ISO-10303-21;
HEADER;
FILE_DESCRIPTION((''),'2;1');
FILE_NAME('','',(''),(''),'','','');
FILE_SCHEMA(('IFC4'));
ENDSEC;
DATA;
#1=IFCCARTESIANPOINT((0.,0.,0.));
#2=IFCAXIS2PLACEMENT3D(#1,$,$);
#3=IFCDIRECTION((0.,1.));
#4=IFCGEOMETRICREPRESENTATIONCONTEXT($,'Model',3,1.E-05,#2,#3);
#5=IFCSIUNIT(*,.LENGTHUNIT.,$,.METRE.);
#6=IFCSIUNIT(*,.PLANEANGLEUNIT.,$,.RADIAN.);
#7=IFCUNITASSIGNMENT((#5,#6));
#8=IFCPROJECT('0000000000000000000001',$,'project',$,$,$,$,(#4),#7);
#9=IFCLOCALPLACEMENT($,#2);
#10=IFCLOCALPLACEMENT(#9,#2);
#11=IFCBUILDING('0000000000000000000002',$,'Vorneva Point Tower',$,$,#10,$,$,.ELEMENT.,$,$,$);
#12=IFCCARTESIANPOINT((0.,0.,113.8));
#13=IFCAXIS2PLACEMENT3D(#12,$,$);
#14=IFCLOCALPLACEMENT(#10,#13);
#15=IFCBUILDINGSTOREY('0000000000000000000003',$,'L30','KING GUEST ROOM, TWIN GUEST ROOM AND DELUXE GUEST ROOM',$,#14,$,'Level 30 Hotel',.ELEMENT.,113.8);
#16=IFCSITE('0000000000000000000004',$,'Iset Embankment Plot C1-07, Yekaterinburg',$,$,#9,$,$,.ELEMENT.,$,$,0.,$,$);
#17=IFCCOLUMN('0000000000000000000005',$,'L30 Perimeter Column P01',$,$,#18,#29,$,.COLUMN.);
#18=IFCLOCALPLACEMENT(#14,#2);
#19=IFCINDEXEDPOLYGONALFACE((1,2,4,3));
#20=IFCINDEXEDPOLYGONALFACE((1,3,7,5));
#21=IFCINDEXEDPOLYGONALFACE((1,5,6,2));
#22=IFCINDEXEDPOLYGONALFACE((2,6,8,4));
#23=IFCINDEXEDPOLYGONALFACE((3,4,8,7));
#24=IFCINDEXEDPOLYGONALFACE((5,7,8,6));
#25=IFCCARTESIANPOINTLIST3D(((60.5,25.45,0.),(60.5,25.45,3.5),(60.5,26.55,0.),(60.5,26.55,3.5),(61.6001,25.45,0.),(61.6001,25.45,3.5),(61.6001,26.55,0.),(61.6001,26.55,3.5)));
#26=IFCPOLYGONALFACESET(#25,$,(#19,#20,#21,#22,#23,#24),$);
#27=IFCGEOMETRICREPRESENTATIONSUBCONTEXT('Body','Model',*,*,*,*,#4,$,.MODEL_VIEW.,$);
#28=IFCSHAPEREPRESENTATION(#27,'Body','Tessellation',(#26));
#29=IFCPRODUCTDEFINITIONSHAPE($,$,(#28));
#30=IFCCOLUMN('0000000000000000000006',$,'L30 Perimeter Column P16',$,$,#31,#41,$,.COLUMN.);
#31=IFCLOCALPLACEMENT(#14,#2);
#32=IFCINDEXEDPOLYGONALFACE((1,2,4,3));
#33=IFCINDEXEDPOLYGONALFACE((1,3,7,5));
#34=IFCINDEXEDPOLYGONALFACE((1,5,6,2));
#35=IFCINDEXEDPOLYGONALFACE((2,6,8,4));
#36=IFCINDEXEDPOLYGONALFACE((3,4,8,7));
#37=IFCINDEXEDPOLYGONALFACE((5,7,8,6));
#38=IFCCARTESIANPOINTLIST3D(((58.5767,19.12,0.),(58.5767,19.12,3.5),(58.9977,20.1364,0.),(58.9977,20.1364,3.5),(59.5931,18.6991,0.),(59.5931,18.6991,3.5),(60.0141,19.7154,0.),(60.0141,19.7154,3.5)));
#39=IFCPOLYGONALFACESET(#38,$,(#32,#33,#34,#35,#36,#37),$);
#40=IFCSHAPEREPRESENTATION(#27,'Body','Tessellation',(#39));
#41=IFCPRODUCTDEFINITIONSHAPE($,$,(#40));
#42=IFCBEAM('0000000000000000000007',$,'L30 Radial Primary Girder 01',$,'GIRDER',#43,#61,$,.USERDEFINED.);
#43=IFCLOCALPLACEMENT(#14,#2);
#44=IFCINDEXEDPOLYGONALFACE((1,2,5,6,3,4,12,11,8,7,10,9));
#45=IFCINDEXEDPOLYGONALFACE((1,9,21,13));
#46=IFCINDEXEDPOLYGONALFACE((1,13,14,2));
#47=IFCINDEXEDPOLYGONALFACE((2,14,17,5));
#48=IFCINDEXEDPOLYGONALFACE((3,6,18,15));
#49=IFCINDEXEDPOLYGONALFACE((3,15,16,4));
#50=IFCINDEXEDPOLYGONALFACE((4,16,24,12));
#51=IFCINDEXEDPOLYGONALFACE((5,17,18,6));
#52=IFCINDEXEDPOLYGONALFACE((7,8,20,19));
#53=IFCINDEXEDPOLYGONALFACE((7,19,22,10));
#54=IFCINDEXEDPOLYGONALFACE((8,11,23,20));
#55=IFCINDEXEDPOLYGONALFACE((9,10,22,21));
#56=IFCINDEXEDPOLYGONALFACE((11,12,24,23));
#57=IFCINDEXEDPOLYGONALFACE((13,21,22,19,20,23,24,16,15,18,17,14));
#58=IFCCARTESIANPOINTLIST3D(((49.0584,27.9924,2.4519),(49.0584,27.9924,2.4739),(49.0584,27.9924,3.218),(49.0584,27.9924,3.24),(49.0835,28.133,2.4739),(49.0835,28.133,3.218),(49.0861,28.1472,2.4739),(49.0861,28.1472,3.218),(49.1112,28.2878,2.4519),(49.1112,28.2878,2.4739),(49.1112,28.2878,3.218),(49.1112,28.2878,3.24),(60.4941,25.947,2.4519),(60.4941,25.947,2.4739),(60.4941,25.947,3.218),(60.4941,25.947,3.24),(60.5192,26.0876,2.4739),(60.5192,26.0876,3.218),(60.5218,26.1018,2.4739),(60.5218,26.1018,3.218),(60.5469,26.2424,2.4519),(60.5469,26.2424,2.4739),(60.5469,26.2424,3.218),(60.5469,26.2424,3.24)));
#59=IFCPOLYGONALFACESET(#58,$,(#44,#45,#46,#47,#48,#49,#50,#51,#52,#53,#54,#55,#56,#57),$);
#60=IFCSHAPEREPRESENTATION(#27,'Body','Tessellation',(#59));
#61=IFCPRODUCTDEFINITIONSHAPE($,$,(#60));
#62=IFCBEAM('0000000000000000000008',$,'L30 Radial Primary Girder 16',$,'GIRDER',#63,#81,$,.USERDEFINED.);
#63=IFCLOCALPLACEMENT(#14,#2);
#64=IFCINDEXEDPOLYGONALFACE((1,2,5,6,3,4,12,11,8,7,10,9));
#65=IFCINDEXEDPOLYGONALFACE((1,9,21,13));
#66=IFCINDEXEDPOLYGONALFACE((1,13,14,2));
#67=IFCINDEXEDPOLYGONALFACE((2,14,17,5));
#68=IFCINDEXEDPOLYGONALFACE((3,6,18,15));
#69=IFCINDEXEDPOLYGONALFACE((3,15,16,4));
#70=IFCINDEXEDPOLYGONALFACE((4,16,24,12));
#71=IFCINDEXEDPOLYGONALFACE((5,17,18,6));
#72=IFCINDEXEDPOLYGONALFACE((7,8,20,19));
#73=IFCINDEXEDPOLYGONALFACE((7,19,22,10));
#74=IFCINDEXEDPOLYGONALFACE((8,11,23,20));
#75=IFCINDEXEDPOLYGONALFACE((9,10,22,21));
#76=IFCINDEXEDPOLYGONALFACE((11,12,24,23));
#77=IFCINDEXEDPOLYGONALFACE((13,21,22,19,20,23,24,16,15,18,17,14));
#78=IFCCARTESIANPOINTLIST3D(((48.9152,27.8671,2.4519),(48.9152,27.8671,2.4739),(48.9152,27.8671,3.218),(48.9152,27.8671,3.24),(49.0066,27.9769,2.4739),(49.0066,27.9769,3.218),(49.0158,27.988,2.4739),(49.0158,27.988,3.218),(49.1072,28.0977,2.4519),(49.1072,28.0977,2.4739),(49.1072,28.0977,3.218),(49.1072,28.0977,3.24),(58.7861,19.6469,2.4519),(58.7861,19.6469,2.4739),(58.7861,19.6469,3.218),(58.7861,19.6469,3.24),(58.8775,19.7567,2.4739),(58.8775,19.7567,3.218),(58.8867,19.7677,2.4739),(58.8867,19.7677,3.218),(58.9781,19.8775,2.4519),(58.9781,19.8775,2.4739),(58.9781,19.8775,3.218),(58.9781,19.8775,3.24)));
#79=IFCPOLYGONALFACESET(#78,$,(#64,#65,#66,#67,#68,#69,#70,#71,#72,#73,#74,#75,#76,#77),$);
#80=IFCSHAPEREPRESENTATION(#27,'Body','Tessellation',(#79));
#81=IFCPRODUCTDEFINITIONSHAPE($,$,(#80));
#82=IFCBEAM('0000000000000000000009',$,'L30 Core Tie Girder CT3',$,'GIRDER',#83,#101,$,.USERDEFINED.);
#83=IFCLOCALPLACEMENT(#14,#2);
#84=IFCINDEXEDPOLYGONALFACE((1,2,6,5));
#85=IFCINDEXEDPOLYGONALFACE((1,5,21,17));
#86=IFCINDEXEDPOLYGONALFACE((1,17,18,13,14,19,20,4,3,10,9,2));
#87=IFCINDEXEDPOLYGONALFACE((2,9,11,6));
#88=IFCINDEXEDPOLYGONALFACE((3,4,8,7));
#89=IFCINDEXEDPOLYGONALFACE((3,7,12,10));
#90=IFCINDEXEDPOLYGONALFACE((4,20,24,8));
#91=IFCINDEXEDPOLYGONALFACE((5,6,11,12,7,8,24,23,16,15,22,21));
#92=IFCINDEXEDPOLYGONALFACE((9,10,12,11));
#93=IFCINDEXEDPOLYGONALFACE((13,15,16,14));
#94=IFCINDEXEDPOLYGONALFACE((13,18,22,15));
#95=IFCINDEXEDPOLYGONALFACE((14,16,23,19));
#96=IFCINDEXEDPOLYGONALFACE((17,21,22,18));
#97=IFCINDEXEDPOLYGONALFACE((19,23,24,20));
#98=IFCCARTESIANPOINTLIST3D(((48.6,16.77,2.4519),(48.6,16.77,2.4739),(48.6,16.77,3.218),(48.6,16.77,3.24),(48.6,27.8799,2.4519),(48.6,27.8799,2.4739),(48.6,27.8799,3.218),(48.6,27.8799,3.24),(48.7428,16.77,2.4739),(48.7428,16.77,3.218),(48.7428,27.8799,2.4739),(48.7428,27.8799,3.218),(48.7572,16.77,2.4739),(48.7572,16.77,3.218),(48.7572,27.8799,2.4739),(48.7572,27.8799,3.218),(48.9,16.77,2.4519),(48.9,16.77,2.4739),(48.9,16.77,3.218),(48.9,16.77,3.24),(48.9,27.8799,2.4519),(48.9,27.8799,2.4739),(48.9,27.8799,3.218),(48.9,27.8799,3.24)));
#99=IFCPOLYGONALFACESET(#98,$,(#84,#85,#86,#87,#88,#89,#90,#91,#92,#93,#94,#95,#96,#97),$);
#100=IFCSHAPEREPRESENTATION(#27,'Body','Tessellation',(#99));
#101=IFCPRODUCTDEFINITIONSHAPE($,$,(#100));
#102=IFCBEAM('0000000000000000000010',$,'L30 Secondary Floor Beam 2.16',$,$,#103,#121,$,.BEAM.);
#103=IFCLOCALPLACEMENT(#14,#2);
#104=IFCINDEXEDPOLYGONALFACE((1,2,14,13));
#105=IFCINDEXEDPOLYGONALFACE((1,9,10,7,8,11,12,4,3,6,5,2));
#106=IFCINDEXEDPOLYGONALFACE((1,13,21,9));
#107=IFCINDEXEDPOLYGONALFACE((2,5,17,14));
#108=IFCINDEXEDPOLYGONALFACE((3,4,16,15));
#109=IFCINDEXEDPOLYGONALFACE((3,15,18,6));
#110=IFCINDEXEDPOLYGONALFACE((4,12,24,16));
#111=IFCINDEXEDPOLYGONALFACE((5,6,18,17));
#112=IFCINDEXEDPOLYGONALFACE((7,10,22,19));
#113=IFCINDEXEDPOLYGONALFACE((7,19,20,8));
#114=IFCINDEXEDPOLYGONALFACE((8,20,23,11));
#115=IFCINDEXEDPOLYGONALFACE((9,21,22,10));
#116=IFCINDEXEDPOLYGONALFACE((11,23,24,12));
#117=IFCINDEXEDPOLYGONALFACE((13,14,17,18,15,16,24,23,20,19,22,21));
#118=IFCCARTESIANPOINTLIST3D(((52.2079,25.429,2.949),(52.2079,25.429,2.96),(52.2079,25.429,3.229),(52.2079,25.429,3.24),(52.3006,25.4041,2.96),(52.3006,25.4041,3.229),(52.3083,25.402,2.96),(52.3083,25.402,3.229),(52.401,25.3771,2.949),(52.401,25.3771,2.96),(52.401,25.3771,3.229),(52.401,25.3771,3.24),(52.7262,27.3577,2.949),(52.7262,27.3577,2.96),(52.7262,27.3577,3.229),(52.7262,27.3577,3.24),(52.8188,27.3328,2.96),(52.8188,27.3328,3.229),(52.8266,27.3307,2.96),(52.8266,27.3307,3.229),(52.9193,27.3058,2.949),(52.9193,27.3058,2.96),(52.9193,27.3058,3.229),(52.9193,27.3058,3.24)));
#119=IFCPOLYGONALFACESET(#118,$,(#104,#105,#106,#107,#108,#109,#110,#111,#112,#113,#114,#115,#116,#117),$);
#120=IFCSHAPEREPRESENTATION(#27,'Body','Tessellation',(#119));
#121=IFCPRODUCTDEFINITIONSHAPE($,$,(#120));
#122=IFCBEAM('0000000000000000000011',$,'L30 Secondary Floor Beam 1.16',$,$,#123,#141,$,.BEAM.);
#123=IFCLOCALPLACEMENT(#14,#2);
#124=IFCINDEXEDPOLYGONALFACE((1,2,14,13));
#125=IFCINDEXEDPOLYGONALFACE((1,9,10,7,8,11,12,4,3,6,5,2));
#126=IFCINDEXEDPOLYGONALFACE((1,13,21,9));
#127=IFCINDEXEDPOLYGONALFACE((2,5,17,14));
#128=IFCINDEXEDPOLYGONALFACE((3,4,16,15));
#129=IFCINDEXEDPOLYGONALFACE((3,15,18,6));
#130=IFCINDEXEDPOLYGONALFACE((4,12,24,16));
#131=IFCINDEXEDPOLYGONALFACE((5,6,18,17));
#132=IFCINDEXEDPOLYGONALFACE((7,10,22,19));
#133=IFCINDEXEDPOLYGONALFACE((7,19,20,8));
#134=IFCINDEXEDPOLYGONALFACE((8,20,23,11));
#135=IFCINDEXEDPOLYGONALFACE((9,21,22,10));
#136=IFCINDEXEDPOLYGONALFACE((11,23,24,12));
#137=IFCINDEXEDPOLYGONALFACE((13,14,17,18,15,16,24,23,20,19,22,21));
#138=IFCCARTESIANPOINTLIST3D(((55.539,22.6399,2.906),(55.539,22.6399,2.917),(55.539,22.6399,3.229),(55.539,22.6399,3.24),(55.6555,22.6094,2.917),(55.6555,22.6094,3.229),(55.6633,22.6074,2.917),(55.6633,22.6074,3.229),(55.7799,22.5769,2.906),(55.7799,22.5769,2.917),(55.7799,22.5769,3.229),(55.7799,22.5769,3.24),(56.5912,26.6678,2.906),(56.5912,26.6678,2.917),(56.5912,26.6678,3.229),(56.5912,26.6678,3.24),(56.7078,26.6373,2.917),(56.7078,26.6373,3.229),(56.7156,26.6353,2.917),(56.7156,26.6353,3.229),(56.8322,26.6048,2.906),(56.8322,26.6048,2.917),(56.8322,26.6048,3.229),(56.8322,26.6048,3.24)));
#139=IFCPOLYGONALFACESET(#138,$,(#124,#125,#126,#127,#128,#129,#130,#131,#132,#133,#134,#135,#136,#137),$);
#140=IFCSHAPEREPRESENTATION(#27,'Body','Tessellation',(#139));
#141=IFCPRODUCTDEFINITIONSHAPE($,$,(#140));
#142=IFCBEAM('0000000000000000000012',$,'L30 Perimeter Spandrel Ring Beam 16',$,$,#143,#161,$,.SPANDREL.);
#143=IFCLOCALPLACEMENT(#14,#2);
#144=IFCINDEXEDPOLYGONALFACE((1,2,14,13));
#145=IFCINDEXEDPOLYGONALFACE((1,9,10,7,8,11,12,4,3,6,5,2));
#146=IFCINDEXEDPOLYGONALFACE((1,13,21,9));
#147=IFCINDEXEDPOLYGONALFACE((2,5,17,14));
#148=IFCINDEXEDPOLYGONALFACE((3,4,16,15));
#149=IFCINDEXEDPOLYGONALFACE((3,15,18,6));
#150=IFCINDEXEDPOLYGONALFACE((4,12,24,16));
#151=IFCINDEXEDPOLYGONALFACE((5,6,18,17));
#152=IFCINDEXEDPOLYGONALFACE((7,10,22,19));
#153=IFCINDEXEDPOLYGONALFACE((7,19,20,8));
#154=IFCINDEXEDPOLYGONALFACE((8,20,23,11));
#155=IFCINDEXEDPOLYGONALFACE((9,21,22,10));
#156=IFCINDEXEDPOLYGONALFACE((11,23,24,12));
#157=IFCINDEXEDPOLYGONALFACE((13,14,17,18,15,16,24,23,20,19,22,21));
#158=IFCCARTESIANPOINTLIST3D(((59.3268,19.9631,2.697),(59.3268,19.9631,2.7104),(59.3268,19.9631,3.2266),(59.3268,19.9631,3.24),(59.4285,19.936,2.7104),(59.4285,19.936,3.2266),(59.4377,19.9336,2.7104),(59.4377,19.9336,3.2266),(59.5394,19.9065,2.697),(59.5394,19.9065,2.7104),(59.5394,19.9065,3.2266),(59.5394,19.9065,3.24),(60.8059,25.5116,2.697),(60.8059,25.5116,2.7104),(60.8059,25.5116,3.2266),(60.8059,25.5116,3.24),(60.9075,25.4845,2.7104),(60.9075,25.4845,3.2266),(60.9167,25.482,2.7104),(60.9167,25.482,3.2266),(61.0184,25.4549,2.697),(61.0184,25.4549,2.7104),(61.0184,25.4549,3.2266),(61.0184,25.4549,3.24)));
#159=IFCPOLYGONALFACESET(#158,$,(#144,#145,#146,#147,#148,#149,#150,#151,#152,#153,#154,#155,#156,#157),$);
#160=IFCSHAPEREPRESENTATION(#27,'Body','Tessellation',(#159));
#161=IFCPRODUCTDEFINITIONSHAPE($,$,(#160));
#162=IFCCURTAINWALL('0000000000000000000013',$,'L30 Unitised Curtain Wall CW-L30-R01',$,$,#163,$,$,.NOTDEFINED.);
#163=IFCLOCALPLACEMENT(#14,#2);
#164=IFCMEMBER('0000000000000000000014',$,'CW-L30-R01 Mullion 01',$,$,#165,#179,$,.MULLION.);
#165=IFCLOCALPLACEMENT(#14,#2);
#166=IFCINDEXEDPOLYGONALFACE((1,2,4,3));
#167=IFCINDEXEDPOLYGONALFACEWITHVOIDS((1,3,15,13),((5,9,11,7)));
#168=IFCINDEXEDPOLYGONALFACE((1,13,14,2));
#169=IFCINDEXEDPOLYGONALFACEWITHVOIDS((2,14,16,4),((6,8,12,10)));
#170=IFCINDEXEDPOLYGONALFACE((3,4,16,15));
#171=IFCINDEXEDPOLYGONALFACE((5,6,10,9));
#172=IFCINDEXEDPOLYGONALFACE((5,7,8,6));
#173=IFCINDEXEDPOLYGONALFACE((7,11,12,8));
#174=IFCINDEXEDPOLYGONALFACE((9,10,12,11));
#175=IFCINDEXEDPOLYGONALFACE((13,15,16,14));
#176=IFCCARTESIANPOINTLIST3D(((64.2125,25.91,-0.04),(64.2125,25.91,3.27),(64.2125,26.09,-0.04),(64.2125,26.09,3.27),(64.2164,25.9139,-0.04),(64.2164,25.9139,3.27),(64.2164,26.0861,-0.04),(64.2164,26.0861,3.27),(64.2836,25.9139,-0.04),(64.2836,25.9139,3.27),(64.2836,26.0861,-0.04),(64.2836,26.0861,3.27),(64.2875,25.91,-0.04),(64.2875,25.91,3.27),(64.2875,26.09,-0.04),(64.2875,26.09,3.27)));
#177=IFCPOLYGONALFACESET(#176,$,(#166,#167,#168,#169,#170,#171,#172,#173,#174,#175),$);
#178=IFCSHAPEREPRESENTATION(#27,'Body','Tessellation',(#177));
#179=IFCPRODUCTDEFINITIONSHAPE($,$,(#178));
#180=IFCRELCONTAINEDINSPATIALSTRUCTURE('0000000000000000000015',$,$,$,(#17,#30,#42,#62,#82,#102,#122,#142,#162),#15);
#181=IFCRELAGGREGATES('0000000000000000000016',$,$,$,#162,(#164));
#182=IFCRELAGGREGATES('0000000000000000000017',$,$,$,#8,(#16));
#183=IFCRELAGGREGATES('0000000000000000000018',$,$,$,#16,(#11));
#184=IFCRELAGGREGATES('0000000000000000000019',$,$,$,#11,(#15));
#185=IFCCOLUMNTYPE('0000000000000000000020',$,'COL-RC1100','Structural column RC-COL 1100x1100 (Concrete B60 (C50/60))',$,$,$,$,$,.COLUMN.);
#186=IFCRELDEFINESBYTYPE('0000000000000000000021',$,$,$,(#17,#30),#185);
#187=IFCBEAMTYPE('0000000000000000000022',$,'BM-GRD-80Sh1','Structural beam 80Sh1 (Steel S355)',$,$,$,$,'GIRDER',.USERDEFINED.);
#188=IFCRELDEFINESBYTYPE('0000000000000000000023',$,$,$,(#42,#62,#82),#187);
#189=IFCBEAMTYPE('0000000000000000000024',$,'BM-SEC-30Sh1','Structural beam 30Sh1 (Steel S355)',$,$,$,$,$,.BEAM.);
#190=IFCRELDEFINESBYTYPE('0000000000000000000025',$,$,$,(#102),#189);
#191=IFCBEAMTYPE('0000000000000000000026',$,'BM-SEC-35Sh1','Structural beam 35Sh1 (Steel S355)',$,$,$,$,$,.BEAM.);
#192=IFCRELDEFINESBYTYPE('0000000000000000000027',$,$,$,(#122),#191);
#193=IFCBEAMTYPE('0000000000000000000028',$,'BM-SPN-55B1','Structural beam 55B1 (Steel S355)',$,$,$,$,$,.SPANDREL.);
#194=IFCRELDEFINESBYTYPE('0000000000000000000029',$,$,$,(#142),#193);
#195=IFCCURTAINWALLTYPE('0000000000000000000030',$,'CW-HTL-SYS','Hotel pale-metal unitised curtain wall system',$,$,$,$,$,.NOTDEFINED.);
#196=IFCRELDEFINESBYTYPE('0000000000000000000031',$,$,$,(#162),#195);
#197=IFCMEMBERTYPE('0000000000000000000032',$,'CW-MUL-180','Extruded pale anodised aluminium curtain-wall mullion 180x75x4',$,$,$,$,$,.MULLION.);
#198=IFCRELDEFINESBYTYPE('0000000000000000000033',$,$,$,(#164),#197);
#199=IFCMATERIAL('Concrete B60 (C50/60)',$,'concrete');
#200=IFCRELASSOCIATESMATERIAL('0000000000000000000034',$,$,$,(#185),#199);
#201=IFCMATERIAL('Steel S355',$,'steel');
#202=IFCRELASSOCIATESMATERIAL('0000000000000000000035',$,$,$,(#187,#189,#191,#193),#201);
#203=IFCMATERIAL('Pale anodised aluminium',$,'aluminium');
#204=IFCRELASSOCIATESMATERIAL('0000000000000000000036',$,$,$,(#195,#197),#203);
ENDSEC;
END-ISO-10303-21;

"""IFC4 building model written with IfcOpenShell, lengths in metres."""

from ifc_helpers import new_model, si_unit, direction, frame, origin, origin_2d, place, context, subcontext, project, spatial, rectangle, hollow_rectangle, i_section, extrude, material, material_profile, profile_set, type_object, element, aggregate, save


model = new_model("IFC4")

# Units and contexts
model_context = context("Model", 3, precision=1e-05, world=origin(), true_north=direction((0.0, 1.0)))
body_context = subcontext(model_context, "Body", "Model", "MODEL_VIEW")
ifc_project = project(units=[si_unit("LENGTHUNIT", "METRE"), si_unit("PLANEANGLEUNIT", "RADIAN")], contexts=[model_context])

# Site, building, storey
site_placement = place(None, origin())
site = spatial("IfcSite", under=ifc_project, at=site_placement, Name="Iset Embankment Plot C1-07, Yekaterinburg", CompositionType="ELEMENT", RefElevation=0.0)
building_placement = place(site_placement, origin())
building = spatial("IfcBuilding", under=site, at=building_placement, Name="Vorneva Point Tower", CompositionType="ELEMENT")
storey_placement = place(building_placement, frame((0.0, 0.0, 113.8)))
storey = spatial("IfcBuildingStorey", under=building, at=storey_placement, Name="L30", Description="KING GUEST ROOM, TWIN GUEST ROOM AND DELUXE GUEST ROOM", LongName="Level 30 Hotel", CompositionType="ELEMENT", Elevation=113.8)

# Columns
ifc_material_1 = material(Name="Concrete B60 (C50/60)", Category="concrete")
ifc_material_profile_1 = material_profile(ifc_material_1, rectangle(XDim=1.1001, YDim=1.1001, at=origin_2d()), Name="RC-COL 1100x1100")
ifc_profile_set_1 = profile_set([ifc_material_profile_1], Name="Concrete B60 (C50/60)")
column_type = type_object("IfcColumnType", Name="COL-RC1100", Description="Structural column RC-COL 1100x1100 (Concrete B60 (C50/60))", PredefinedType="COLUMN", material=ifc_profile_set_1)
for number, where, z_axis, x_axis, name in (
    (1, (61.05, 26.0, 0.0), (0.0, 0.0, 1.0), (1.0, 0.0, 0.0), "L30 Perimeter Column P01"),
    (2, (59.2954, 19.4177, 0.0), (0.0, 0.0, 1.0), (0.92388, -0.382683, 0.0), "L30 Perimeter Column P16"),
):
    element("IfcColumn", number, at=place(storey_placement, frame(where, z_axis=z_axis, x_axis=x_axis)), inside=storey, type_object=column_type, Name=name, PredefinedType="COLUMN", context=body_context, shape_type="SweptSolid", body=[
        extrude(rectangle(XDim=1.1001, YDim=1.1001, at=origin_2d()), origin(), (0.0, 0.0, 1.0), 3.5),
    ])

# Beams
ifc_material_2 = material(Name="Steel S355", Category="steel")
ifc_material_profile_2 = material_profile(ifc_material_2, i_section(OverallWidth=0.3, OverallDepth=0.7881, WebThickness=0.0144, FlangeThickness=0.022, at=origin_2d()), Name="80Sh1")
ifc_profile_set_2 = profile_set([ifc_material_profile_2], Name="Steel S355")
beam_type_1 = type_object("IfcBeamType", Name="BM-GRD-80Sh1", Description="Structural beam 80Sh1 (Steel S355)", ElementType="GIRDER", PredefinedType="USERDEFINED", material=ifc_profile_set_2)
beam_1_placement = place(storey_placement, frame((60.5205, 26.0947, 2.8459), z_axis=(-0.984378, 0.176066, 0.0), x_axis=(-0.176066, -0.984378, 0.0)))
element("IfcBeam", 3, at=beam_1_placement, inside=storey, type_object=beam_type_1, Name="L30 Radial Primary Girder 01", ObjectType="GIRDER", PredefinedType="USERDEFINED", context=body_context, shape_type="SweptSolid", body=[
    extrude(i_section(OverallWidth=0.3, OverallDepth=0.7881, WebThickness=0.0144, FlangeThickness=0.022, at=origin_2d()), origin(), (0.0, 0.0, 1.0), 11.6172),
])
beam_2_placement = place(storey_placement, frame((58.8821, 19.7622, 2.8459), z_axis=(-0.768432, 0.639932, 0.0), x_axis=(-0.639932, -0.768432, 0.0)))
element("IfcBeam", 4, at=beam_2_placement, inside=storey, type_object=beam_type_1, Name="L30 Radial Primary Girder 16", ObjectType="GIRDER", PredefinedType="USERDEFINED", context=body_context, shape_type="SweptSolid", body=[
    extrude(i_section(OverallWidth=0.3, OverallDepth=0.7881, WebThickness=0.0144, FlangeThickness=0.022, at=origin_2d()), origin(), (0.0, 0.0, 1.0), 12.8455),
])
beam_3_placement = place(storey_placement, frame((48.75, 16.77, 2.8459), z_axis=(0.0, 1.0, 0.0), x_axis=(-1.0, 0.0, 0.0)))
element("IfcBeam", 5, at=beam_3_placement, inside=storey, type_object=beam_type_1, Name="L30 Core Tie Girder CT3", ObjectType="GIRDER", PredefinedType="USERDEFINED", context=body_context, shape_type="SweptSolid", body=[
    extrude(i_section(OverallWidth=0.3, OverallDepth=0.7881, WebThickness=0.0144, FlangeThickness=0.022, at=origin_2d()), origin(), (0.0, 0.0, 1.0), 11.1099),
])
ifc_material_profile_3 = material_profile(ifc_material_2, i_section(OverallWidth=0.2, OverallDepth=0.291, WebThickness=0.0081, FlangeThickness=0.011, at=origin_2d()), Name="30Sh1")
ifc_profile_set_3 = profile_set([ifc_material_profile_3], Name="Steel S355")
beam_type_2 = type_object("IfcBeamType", Name="BM-SEC-30Sh1", Description="Structural beam 30Sh1 (Steel S355)", PredefinedType="BEAM", material=ifc_profile_set_3)
beam_4_placement = place(storey_placement, frame((52.3044, 25.4031, 3.0945), z_axis=(0.259526, 0.965736, 0.0), x_axis=(-0.965736, 0.259526, 0.0)))
element("IfcBeam", 6, at=beam_4_placement, inside=storey, type_object=beam_type_2, Name="L30 Secondary Floor Beam 2.16", PredefinedType="BEAM", context=body_context, shape_type="SweptSolid", body=[
    extrude(i_section(OverallWidth=0.2, OverallDepth=0.291, WebThickness=0.0081, FlangeThickness=0.011, at=origin_2d()), origin(), (0.0, 0.0, 1.0), 1.9971),
])
ifc_material_profile_4 = material_profile(ifc_material_2, i_section(OverallWidth=0.249, OverallDepth=0.334, WebThickness=0.0081, FlangeThickness=0.011, at=origin_2d()), Name="35Sh1")
ifc_profile_set_4 = profile_set([ifc_material_profile_4], Name="Steel S355")
beam_type_3 = type_object("IfcBeamType", Name="BM-SEC-35Sh1", Description="Structural beam 35Sh1 (Steel S355)", PredefinedType="BEAM", material=ifc_profile_set_4)
beam_5_placement = place(storey_placement, frame((55.6594, 22.6084, 3.073), z_axis=(0.252761, 0.967529, 0.0), x_axis=(-0.967529, 0.252761, 0.0)))
element("IfcBeam", 7, at=beam_5_placement, inside=storey, type_object=beam_type_3, Name="L30 Secondary Floor Beam 1.16", PredefinedType="BEAM", context=body_context, shape_type="SweptSolid", body=[
    extrude(i_section(OverallWidth=0.249, OverallDepth=0.334, WebThickness=0.0081, FlangeThickness=0.011, at=origin_2d()), origin(), (0.0, 0.0, 1.0), 4.1631),
])
ifc_material_profile_5 = material_profile(ifc_material_2, i_section(OverallWidth=0.22, OverallDepth=0.543, WebThickness=0.0095, FlangeThickness=0.0134, at=origin_2d()), Name="55B1")
ifc_profile_set_5 = profile_set([ifc_material_profile_5], Name="Steel S355")
beam_type_4 = type_object("IfcBeamType", Name="BM-SPN-55B1", Description="Structural beam 55B1 (Steel S355)", PredefinedType="SPANDREL", material=ifc_profile_set_5)
beam_6_placement = place(storey_placement, frame((59.4331, 19.9348, 2.9685), z_axis=(0.257573, 0.966259, 0.0), x_axis=(-0.966259, 0.257573, 0.0)))
element("IfcBeam", 8, at=beam_6_placement, inside=storey, type_object=beam_type_4, Name="L30 Perimeter Spandrel Ring Beam 16", PredefinedType="SPANDREL", context=body_context, shape_type="SweptSolid", body=[
    extrude(i_section(OverallWidth=0.22, OverallDepth=0.543, WebThickness=0.0095, FlangeThickness=0.0134, at=origin_2d()), origin(), (0.0, 0.0, 1.0), 5.7422),
])

# Curtain wall, member
ifc_material_3 = material(Name="Pale anodised aluminium", Category="aluminium")
curtain_wall_type = type_object("IfcCurtainWallType", Name="CW-HTL-SYS", Description="Hotel pale-metal unitised curtain wall system", PredefinedType="NOTDEFINED", material=ifc_material_3)
curtain_wall_1_placement = place(storey_placement, origin())
curtain_wall_1 = element("IfcCurtainWall", 9, at=curtain_wall_1_placement, inside=storey, type_object=curtain_wall_type, Name="L30 Unitised Curtain Wall CW-L30-R01", PredefinedType="NOTDEFINED")
ifc_material_profile_6 = material_profile(ifc_material_3, hollow_rectangle(XDim=0.075, YDim=0.1799, WallThickness=0.0039, at=origin_2d()), Name="AL-MUL 180x75x4")
ifc_profile_set_6 = profile_set([ifc_material_profile_6], Name="Pale anodised aluminium")
member_type_1 = type_object("IfcMemberType", Name="CW-MUL-180", Description="Extruded pale anodised aluminium curtain-wall mullion 180x75x4", PredefinedType="MULLION", material=ifc_profile_set_6)
member_1_placement = place(storey_placement, frame((64.25, 26.0, -0.04), z_axis=(0.0, 0.0, 1.0), x_axis=(1.0, 0.0, 0.0)))
member_1 = element("IfcMember", 10, at=member_1_placement, type_object=member_type_1, Name="CW-L30-R01 Mullion 01", PredefinedType="MULLION", context=body_context, shape_type="SweptSolid", body=[
    extrude(hollow_rectangle(XDim=0.075, YDim=0.1799, WallThickness=0.0039, at=origin_2d()), origin(), (0.0, 0.0, 1.0), 3.3101),
])

aggregate(curtain_wall_1, [member_1])

save(model, "model.ifc")
